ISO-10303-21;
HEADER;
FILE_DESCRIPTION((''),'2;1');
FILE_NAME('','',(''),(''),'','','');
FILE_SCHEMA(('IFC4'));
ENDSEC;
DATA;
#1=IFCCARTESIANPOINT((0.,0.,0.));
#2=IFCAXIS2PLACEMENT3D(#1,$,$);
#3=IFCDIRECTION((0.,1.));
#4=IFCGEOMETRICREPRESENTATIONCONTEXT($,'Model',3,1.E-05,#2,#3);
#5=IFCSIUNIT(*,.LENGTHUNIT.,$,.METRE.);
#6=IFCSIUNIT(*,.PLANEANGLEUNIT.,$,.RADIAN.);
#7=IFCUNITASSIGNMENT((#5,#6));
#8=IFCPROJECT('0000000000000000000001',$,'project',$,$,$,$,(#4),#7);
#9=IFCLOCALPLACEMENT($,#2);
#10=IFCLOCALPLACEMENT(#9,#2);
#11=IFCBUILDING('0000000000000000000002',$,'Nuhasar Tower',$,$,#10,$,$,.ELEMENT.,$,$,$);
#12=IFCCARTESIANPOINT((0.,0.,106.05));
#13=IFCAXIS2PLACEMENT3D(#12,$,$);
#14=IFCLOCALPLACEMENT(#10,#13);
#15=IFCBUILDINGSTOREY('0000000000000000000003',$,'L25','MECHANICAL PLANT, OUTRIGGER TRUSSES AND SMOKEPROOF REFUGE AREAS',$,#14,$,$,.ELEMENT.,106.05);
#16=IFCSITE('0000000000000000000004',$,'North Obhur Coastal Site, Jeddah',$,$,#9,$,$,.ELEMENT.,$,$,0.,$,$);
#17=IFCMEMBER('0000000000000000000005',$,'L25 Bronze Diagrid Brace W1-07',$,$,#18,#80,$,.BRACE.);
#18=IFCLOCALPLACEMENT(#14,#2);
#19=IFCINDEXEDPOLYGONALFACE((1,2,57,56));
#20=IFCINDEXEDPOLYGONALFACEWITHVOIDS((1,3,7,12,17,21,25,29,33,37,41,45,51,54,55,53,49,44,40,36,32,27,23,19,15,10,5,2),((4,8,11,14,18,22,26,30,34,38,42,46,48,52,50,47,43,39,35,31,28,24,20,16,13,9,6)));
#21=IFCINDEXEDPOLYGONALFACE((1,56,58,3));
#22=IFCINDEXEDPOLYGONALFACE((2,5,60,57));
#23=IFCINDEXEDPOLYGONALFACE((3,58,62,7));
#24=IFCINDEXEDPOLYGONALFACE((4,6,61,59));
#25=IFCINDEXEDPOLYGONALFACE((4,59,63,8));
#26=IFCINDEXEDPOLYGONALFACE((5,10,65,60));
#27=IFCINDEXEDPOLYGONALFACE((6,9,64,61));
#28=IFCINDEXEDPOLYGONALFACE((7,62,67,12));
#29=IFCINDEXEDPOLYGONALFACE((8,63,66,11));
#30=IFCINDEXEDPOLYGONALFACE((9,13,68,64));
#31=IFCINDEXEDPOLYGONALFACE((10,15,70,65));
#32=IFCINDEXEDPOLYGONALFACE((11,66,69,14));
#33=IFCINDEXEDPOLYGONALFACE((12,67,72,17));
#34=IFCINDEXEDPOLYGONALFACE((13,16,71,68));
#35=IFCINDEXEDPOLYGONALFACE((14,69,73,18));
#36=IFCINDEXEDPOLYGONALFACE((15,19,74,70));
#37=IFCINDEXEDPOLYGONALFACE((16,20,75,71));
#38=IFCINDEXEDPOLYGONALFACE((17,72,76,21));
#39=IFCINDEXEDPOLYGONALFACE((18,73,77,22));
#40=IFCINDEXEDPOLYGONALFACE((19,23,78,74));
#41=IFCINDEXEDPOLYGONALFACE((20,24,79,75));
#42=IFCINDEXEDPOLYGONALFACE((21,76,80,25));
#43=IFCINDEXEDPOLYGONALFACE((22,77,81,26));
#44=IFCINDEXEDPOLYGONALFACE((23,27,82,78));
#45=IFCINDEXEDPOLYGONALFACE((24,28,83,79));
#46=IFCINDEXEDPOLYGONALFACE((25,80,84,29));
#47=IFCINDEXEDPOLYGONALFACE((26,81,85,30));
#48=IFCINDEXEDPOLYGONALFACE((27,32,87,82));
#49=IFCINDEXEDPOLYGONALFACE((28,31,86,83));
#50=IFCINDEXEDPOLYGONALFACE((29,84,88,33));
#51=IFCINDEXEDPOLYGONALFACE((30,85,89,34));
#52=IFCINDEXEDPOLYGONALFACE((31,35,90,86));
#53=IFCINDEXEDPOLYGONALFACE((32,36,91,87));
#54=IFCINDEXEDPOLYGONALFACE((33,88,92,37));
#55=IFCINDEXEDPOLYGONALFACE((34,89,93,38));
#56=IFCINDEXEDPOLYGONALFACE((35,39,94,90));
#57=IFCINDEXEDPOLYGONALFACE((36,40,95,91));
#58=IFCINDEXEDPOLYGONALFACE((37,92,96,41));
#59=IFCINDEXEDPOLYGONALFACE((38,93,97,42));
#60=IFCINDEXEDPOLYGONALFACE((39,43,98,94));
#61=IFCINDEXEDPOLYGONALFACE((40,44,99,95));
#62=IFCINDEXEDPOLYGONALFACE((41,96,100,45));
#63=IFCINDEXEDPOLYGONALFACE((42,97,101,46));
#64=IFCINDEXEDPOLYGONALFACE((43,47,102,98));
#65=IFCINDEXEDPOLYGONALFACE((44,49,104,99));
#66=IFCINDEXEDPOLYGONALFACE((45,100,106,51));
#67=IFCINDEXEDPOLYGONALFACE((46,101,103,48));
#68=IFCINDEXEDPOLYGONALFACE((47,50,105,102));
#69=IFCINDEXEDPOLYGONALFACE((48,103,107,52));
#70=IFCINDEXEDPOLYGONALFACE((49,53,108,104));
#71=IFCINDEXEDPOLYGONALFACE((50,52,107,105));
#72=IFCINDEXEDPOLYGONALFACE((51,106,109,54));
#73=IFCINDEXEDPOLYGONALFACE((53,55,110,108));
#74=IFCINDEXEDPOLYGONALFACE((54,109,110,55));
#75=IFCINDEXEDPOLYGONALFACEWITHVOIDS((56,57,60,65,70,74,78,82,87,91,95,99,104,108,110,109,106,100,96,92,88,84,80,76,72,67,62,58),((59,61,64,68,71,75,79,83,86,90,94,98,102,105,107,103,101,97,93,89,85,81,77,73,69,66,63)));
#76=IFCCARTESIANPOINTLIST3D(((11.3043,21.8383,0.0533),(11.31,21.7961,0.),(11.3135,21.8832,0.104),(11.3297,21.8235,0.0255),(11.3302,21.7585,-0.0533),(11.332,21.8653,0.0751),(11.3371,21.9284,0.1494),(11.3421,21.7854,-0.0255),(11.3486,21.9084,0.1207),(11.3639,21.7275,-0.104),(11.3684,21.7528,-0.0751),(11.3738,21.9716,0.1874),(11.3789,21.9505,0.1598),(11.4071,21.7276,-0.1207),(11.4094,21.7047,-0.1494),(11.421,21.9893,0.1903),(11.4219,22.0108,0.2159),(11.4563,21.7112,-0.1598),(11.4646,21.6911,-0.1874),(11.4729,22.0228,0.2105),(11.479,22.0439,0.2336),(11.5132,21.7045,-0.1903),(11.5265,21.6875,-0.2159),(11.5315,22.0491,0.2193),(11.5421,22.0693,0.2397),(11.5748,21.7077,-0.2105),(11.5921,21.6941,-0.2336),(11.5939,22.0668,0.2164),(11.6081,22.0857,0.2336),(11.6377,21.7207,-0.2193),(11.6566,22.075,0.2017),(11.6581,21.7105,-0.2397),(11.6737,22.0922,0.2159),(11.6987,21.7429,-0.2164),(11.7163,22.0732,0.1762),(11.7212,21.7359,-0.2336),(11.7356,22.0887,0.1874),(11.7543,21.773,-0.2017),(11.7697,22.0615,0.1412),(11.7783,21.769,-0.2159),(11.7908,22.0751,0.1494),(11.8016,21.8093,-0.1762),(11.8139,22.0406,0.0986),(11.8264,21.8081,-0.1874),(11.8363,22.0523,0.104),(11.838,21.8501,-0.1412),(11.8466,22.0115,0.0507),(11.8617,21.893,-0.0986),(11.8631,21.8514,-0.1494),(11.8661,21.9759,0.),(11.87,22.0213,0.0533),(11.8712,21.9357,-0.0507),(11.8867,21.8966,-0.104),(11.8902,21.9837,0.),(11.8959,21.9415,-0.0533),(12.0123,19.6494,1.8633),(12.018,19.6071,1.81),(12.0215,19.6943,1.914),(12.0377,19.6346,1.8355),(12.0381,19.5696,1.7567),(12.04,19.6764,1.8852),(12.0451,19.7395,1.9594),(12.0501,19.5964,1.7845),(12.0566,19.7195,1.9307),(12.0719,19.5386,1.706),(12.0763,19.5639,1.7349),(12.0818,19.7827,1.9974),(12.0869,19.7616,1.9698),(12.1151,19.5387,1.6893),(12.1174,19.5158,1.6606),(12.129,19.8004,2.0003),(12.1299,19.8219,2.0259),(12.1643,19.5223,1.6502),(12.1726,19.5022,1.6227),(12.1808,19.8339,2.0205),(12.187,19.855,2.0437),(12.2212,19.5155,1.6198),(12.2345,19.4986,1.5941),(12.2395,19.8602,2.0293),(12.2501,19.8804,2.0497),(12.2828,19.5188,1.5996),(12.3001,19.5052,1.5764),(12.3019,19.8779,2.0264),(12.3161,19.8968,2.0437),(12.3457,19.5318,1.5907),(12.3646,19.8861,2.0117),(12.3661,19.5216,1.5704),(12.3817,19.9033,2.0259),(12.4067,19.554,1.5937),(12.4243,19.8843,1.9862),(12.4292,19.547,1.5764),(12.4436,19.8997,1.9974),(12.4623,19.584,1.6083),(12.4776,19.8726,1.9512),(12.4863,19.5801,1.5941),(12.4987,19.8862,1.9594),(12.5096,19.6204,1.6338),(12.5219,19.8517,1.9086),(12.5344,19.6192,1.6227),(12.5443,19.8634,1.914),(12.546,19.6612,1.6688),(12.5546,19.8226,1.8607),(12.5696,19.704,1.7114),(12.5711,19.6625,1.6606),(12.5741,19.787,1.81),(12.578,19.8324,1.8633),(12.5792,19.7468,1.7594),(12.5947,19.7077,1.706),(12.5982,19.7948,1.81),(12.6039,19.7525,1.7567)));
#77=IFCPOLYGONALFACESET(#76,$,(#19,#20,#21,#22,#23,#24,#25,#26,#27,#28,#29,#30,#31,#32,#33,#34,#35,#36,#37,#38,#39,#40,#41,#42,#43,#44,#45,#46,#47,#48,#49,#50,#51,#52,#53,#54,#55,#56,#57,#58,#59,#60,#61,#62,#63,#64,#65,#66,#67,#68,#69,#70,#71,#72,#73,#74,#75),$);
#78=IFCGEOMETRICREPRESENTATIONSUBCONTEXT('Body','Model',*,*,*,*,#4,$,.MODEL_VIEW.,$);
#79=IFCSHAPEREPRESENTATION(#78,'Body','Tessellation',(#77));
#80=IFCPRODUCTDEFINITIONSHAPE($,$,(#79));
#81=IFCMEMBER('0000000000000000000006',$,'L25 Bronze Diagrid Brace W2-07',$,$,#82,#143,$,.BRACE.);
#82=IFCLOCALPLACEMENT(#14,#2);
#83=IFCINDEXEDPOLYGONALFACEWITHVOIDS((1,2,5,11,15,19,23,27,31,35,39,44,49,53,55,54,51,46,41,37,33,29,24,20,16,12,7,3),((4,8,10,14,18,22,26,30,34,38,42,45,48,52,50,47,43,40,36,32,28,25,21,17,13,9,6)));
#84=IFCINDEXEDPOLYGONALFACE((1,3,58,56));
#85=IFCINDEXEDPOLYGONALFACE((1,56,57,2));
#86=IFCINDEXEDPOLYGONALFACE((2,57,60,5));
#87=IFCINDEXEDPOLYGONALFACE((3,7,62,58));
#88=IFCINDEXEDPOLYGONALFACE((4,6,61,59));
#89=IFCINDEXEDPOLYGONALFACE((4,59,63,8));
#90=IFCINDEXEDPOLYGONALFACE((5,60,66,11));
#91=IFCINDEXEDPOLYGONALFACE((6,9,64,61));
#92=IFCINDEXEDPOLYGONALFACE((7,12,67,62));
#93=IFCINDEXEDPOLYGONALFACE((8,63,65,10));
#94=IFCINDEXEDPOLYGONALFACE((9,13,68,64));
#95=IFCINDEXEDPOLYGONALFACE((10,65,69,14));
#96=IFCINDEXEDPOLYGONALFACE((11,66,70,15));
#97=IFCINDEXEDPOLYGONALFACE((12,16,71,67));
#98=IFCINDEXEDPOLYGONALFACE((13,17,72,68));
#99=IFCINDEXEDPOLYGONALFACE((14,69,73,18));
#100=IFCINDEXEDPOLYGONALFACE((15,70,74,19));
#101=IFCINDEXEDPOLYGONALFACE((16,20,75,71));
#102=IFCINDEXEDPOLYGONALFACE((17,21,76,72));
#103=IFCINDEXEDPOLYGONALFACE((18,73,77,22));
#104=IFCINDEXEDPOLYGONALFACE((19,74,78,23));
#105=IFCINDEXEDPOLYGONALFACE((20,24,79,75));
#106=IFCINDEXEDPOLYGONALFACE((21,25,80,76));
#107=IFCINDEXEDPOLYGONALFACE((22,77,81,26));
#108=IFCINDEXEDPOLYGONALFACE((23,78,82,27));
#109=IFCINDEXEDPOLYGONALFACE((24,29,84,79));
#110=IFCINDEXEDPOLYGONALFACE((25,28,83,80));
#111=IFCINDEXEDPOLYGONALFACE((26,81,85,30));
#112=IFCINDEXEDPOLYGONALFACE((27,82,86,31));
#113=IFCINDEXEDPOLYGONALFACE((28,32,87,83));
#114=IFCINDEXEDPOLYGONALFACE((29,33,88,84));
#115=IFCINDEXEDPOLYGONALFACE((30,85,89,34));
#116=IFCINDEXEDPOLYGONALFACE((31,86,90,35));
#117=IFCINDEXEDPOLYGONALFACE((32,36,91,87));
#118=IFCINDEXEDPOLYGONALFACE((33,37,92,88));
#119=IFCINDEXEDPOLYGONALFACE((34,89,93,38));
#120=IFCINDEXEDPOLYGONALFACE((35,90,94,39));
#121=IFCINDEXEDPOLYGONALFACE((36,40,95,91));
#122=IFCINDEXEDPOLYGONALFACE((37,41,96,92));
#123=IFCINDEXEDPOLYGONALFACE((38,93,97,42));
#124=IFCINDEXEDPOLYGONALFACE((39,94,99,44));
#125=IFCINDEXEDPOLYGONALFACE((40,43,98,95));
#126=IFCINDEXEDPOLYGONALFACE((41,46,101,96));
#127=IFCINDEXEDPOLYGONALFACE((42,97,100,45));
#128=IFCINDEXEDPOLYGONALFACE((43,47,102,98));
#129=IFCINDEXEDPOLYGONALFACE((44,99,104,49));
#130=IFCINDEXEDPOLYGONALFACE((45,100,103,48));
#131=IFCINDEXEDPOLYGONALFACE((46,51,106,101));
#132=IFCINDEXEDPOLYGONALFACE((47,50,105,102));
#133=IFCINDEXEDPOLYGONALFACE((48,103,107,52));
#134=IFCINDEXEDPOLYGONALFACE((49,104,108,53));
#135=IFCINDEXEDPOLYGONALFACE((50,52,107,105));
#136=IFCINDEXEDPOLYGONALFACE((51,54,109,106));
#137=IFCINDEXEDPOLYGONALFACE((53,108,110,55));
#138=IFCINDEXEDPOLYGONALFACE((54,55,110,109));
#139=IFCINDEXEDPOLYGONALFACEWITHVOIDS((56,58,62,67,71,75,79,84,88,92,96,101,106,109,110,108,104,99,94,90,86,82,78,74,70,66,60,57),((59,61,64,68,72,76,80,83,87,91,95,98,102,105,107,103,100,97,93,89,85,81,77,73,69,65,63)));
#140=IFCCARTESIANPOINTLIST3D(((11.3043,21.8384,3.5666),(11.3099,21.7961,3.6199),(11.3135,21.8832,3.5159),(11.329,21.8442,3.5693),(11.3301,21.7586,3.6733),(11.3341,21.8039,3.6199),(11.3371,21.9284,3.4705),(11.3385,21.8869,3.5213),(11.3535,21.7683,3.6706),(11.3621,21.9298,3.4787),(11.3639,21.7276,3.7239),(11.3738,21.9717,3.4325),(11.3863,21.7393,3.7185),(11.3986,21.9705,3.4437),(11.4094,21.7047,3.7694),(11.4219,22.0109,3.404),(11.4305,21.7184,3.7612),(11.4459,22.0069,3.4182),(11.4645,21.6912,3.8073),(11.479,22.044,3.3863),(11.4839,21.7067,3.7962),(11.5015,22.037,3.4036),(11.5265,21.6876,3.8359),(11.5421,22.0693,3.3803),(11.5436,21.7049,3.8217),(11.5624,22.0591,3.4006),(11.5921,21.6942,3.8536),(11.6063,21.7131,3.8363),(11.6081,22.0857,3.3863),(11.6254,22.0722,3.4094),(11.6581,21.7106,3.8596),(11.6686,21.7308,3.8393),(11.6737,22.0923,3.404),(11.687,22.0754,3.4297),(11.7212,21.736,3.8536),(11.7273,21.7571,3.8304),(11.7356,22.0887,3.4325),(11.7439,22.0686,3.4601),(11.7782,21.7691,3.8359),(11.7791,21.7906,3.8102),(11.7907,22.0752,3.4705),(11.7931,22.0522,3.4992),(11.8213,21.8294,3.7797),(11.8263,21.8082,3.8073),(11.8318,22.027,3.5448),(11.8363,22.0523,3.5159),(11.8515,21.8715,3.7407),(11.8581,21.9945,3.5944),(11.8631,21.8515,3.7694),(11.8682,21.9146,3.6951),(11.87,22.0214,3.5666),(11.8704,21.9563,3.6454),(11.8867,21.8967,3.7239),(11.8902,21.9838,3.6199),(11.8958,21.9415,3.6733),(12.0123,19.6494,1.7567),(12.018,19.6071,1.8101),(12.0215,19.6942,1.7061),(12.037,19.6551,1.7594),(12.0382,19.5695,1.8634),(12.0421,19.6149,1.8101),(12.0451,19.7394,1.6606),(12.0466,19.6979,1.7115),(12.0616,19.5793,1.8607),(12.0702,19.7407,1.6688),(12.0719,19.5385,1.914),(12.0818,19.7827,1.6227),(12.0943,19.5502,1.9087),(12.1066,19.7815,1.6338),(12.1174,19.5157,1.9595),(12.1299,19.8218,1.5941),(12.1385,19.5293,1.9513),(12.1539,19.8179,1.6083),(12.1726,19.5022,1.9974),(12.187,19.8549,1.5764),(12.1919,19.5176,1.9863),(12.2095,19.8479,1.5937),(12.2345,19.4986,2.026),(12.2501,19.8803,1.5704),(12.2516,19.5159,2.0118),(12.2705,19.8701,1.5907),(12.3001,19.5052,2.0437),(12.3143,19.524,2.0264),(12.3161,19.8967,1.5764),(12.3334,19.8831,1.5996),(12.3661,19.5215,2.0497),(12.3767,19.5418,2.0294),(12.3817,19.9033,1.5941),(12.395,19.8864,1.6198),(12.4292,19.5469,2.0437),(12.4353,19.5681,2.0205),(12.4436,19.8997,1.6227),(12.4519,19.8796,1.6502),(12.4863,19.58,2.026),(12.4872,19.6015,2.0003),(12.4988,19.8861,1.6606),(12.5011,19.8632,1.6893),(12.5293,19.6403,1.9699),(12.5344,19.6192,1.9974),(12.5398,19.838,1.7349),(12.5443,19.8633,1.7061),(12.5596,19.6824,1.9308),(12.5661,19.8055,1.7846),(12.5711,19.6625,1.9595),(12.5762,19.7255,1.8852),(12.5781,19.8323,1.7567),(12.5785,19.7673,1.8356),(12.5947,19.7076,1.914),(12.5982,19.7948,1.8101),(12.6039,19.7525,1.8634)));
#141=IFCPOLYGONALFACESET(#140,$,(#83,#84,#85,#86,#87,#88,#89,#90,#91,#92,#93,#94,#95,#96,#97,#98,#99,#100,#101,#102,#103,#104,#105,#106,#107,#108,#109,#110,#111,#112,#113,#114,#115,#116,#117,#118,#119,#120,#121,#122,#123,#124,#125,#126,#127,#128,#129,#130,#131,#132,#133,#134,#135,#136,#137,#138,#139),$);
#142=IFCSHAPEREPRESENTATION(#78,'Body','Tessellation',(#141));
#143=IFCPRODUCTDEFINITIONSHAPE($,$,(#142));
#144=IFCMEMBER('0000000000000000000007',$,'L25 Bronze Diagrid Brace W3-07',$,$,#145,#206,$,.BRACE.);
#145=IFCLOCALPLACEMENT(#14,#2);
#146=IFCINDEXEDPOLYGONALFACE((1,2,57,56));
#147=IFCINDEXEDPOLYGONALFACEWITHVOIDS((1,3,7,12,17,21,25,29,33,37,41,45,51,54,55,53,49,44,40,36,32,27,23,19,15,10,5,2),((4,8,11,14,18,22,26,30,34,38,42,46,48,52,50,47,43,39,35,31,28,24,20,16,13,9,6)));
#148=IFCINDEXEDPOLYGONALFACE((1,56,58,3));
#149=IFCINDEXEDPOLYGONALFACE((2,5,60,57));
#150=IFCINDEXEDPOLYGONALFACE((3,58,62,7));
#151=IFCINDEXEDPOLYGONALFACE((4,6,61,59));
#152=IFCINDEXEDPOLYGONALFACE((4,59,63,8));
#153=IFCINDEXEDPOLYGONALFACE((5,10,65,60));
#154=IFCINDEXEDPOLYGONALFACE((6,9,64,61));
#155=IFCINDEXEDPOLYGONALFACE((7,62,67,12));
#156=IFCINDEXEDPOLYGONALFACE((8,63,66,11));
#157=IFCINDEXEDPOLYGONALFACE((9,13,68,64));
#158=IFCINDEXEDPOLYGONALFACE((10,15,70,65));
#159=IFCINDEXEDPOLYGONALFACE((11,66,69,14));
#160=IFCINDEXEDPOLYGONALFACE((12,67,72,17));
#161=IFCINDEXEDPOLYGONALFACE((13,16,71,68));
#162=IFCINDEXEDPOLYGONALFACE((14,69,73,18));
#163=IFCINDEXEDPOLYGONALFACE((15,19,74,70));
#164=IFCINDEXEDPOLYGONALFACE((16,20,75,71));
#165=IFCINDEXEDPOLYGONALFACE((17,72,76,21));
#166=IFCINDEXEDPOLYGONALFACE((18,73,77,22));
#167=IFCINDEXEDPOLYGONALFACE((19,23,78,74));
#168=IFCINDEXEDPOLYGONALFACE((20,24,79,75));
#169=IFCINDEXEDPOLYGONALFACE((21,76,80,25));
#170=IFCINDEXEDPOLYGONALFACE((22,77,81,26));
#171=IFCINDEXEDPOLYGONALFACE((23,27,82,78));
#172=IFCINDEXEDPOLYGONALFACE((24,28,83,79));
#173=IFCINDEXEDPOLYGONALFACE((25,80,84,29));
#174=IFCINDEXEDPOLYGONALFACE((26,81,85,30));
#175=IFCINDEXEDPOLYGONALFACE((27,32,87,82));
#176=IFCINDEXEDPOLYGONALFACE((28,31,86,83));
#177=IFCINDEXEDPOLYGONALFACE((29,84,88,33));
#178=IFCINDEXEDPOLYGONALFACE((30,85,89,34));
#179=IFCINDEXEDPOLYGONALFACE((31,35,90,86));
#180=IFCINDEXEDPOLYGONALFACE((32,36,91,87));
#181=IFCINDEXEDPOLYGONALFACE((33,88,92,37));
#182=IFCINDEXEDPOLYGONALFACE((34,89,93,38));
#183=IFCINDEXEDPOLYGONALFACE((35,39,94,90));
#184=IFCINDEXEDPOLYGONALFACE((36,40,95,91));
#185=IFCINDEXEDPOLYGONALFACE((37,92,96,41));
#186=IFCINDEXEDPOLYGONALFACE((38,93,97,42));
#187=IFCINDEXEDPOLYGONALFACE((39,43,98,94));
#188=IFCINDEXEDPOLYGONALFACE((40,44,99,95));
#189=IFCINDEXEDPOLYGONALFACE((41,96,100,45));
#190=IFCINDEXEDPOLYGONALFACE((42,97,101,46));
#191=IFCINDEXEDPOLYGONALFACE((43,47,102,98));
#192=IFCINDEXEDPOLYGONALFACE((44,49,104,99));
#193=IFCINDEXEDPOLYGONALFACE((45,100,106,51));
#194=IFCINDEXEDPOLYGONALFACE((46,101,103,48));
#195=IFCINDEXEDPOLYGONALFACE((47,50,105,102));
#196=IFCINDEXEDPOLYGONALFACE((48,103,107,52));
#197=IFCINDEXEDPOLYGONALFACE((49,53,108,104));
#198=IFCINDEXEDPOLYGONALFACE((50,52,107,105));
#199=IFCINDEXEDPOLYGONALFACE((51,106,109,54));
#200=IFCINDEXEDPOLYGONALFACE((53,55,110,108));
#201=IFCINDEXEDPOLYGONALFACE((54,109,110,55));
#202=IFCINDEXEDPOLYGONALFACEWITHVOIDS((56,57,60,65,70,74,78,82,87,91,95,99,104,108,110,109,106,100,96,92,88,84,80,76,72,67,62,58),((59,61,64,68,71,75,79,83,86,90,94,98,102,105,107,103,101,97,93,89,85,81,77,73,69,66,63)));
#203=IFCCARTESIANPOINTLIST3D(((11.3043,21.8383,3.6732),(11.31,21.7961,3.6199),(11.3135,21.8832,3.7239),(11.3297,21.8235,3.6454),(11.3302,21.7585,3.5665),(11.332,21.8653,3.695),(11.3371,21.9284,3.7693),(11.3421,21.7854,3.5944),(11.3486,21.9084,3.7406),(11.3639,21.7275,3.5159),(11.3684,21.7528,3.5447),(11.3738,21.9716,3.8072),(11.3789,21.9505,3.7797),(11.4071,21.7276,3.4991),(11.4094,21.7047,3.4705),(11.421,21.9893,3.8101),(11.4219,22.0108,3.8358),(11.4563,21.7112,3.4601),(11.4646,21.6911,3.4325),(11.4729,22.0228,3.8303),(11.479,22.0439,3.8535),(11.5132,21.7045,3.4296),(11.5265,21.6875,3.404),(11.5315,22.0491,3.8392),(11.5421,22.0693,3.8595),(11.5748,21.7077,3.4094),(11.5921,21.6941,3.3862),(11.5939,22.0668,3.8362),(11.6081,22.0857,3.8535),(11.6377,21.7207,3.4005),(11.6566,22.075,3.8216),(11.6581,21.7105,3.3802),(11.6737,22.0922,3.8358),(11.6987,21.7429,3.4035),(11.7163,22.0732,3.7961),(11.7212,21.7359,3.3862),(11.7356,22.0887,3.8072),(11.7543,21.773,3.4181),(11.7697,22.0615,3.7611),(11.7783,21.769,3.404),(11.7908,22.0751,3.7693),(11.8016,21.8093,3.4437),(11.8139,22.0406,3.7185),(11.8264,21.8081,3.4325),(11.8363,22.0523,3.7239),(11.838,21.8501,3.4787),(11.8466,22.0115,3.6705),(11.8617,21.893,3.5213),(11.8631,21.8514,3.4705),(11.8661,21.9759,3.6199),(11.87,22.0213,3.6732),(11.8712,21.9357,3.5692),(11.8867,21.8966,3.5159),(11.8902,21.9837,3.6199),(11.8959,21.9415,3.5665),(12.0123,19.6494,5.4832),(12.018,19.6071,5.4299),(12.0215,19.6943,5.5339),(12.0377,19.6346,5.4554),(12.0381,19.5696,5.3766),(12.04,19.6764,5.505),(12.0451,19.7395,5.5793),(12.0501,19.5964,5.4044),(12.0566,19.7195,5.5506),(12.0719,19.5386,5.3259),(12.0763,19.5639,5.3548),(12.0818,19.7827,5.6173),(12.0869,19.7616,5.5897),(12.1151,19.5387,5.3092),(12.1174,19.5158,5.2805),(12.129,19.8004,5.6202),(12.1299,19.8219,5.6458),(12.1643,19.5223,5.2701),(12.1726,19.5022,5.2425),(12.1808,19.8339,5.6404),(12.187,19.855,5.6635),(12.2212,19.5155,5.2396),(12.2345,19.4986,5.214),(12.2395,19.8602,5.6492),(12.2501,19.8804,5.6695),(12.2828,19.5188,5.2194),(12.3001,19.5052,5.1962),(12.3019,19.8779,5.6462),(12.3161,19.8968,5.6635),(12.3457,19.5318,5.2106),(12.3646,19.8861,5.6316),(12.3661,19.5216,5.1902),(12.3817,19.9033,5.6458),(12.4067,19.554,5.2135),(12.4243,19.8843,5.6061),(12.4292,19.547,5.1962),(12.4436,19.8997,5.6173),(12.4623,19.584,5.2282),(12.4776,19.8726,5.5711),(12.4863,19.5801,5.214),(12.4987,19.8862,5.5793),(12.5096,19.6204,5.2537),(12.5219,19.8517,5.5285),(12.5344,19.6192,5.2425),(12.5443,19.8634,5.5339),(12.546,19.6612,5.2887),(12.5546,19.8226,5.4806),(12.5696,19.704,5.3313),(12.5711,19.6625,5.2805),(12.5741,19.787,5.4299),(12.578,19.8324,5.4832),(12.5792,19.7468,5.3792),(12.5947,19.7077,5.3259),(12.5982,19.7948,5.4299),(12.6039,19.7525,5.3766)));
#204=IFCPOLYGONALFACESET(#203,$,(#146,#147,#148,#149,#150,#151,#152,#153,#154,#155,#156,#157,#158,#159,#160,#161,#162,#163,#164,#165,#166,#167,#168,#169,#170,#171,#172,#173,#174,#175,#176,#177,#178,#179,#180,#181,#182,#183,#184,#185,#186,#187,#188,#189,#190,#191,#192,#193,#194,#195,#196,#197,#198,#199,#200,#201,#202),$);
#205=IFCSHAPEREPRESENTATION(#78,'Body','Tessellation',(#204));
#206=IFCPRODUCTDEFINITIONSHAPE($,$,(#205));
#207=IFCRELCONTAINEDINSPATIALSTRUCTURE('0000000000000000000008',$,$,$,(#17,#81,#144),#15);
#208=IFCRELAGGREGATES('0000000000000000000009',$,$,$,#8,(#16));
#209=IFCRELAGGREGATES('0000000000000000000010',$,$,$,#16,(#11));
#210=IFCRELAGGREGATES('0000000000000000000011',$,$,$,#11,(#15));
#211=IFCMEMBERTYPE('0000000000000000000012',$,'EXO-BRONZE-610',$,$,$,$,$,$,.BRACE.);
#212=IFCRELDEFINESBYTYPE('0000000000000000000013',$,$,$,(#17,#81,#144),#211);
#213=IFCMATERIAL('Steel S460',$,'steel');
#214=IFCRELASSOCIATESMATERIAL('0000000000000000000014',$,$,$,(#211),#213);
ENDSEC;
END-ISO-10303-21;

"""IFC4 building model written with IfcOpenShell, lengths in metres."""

from ifc_helpers import new_model, si_unit, direction, frame, origin, origin_2d, place, context, subcontext, project, spatial, hollow_circle, extrude, material, material_profile, profile_set, type_object, element, save


model = new_model("IFC4")

# Units and contexts
model_context = context("Model", 3, precision=1e-05, world=origin(), true_north=direction((0.0, 1.0)))
body_context = subcontext(model_context, "Body", "Model", "MODEL_VIEW")
ifc_project = project(units=[si_unit("LENGTHUNIT", "METRE"), si_unit("PLANEANGLEUNIT", "RADIAN")], contexts=[model_context])

# Site, building, storey
site_placement = place(None, origin())
site = spatial("IfcSite", under=ifc_project, at=site_placement, Name="North Obhur Coastal Site, Jeddah", CompositionType="ELEMENT", RefElevation=0.0)
building_placement = place(site_placement, origin())
building = spatial("IfcBuilding", under=site, at=building_placement, Name="Nuhasar Tower", CompositionType="ELEMENT")
storey_placement = place(building_placement, frame((0.0, 0.0, 106.05)))
storey = spatial("IfcBuildingStorey", under=building, at=storey_placement, Name="L25", Description="MECHANICAL PLANT, OUTRIGGER TRUSSES AND SMOKEPROOF REFUGE AREAS", CompositionType="ELEMENT", Elevation=106.05)

# Shared definitions
ifc_material_1 = material(Name="Steel S460", Category="steel")

# Members
ifc_material_profile_1 = material_profile(ifc_material_1, hollow_circle(Radius=0.3049, WallThickness=0.0254, at=origin_2d()), Name="HSS610X25.4")
ifc_profile_set_1 = profile_set([ifc_material_profile_1], Name="Steel S460")
member_type_1 = type_object("IfcMemberType", Name="EXO-BRONZE-610", PredefinedType="BRACE", material=ifc_profile_set_1)
for number, where, z_axis, x_axis, name in (
    (1, (11.6001, 21.8899, 0.0), (0.241863, -0.747773, 0.618335), (0.951468, 0.307747, 0.0), "L25 Bronze Diagrid Brace W1-07"),
    (2, (12.3081, 19.7009, 1.8101), (-0.241875, 0.747812, 0.618283), (-0.951468, -0.307747, 0.0), "L25 Bronze Diagrid Brace W2-07"),
    (3, (11.6001, 21.8899, 3.6199), (0.241863, -0.747773, 0.618335), (0.951468, 0.307747, 0.0), "L25 Bronze Diagrid Brace W3-07"),
):
    element("IfcMember", number, at=place(storey_placement, frame(where, z_axis=z_axis, x_axis=x_axis)), inside=storey, type_object=member_type_1, Name=name, PredefinedType="BRACE", context=body_context, shape_type="SweptSolid", body=[
        extrude(hollow_circle(Radius=0.3049, WallThickness=0.0254, at=origin_2d()), origin(), (0.0, 0.0, 1.0), 2.9272),
    ])

save(model, "model.ifc")
